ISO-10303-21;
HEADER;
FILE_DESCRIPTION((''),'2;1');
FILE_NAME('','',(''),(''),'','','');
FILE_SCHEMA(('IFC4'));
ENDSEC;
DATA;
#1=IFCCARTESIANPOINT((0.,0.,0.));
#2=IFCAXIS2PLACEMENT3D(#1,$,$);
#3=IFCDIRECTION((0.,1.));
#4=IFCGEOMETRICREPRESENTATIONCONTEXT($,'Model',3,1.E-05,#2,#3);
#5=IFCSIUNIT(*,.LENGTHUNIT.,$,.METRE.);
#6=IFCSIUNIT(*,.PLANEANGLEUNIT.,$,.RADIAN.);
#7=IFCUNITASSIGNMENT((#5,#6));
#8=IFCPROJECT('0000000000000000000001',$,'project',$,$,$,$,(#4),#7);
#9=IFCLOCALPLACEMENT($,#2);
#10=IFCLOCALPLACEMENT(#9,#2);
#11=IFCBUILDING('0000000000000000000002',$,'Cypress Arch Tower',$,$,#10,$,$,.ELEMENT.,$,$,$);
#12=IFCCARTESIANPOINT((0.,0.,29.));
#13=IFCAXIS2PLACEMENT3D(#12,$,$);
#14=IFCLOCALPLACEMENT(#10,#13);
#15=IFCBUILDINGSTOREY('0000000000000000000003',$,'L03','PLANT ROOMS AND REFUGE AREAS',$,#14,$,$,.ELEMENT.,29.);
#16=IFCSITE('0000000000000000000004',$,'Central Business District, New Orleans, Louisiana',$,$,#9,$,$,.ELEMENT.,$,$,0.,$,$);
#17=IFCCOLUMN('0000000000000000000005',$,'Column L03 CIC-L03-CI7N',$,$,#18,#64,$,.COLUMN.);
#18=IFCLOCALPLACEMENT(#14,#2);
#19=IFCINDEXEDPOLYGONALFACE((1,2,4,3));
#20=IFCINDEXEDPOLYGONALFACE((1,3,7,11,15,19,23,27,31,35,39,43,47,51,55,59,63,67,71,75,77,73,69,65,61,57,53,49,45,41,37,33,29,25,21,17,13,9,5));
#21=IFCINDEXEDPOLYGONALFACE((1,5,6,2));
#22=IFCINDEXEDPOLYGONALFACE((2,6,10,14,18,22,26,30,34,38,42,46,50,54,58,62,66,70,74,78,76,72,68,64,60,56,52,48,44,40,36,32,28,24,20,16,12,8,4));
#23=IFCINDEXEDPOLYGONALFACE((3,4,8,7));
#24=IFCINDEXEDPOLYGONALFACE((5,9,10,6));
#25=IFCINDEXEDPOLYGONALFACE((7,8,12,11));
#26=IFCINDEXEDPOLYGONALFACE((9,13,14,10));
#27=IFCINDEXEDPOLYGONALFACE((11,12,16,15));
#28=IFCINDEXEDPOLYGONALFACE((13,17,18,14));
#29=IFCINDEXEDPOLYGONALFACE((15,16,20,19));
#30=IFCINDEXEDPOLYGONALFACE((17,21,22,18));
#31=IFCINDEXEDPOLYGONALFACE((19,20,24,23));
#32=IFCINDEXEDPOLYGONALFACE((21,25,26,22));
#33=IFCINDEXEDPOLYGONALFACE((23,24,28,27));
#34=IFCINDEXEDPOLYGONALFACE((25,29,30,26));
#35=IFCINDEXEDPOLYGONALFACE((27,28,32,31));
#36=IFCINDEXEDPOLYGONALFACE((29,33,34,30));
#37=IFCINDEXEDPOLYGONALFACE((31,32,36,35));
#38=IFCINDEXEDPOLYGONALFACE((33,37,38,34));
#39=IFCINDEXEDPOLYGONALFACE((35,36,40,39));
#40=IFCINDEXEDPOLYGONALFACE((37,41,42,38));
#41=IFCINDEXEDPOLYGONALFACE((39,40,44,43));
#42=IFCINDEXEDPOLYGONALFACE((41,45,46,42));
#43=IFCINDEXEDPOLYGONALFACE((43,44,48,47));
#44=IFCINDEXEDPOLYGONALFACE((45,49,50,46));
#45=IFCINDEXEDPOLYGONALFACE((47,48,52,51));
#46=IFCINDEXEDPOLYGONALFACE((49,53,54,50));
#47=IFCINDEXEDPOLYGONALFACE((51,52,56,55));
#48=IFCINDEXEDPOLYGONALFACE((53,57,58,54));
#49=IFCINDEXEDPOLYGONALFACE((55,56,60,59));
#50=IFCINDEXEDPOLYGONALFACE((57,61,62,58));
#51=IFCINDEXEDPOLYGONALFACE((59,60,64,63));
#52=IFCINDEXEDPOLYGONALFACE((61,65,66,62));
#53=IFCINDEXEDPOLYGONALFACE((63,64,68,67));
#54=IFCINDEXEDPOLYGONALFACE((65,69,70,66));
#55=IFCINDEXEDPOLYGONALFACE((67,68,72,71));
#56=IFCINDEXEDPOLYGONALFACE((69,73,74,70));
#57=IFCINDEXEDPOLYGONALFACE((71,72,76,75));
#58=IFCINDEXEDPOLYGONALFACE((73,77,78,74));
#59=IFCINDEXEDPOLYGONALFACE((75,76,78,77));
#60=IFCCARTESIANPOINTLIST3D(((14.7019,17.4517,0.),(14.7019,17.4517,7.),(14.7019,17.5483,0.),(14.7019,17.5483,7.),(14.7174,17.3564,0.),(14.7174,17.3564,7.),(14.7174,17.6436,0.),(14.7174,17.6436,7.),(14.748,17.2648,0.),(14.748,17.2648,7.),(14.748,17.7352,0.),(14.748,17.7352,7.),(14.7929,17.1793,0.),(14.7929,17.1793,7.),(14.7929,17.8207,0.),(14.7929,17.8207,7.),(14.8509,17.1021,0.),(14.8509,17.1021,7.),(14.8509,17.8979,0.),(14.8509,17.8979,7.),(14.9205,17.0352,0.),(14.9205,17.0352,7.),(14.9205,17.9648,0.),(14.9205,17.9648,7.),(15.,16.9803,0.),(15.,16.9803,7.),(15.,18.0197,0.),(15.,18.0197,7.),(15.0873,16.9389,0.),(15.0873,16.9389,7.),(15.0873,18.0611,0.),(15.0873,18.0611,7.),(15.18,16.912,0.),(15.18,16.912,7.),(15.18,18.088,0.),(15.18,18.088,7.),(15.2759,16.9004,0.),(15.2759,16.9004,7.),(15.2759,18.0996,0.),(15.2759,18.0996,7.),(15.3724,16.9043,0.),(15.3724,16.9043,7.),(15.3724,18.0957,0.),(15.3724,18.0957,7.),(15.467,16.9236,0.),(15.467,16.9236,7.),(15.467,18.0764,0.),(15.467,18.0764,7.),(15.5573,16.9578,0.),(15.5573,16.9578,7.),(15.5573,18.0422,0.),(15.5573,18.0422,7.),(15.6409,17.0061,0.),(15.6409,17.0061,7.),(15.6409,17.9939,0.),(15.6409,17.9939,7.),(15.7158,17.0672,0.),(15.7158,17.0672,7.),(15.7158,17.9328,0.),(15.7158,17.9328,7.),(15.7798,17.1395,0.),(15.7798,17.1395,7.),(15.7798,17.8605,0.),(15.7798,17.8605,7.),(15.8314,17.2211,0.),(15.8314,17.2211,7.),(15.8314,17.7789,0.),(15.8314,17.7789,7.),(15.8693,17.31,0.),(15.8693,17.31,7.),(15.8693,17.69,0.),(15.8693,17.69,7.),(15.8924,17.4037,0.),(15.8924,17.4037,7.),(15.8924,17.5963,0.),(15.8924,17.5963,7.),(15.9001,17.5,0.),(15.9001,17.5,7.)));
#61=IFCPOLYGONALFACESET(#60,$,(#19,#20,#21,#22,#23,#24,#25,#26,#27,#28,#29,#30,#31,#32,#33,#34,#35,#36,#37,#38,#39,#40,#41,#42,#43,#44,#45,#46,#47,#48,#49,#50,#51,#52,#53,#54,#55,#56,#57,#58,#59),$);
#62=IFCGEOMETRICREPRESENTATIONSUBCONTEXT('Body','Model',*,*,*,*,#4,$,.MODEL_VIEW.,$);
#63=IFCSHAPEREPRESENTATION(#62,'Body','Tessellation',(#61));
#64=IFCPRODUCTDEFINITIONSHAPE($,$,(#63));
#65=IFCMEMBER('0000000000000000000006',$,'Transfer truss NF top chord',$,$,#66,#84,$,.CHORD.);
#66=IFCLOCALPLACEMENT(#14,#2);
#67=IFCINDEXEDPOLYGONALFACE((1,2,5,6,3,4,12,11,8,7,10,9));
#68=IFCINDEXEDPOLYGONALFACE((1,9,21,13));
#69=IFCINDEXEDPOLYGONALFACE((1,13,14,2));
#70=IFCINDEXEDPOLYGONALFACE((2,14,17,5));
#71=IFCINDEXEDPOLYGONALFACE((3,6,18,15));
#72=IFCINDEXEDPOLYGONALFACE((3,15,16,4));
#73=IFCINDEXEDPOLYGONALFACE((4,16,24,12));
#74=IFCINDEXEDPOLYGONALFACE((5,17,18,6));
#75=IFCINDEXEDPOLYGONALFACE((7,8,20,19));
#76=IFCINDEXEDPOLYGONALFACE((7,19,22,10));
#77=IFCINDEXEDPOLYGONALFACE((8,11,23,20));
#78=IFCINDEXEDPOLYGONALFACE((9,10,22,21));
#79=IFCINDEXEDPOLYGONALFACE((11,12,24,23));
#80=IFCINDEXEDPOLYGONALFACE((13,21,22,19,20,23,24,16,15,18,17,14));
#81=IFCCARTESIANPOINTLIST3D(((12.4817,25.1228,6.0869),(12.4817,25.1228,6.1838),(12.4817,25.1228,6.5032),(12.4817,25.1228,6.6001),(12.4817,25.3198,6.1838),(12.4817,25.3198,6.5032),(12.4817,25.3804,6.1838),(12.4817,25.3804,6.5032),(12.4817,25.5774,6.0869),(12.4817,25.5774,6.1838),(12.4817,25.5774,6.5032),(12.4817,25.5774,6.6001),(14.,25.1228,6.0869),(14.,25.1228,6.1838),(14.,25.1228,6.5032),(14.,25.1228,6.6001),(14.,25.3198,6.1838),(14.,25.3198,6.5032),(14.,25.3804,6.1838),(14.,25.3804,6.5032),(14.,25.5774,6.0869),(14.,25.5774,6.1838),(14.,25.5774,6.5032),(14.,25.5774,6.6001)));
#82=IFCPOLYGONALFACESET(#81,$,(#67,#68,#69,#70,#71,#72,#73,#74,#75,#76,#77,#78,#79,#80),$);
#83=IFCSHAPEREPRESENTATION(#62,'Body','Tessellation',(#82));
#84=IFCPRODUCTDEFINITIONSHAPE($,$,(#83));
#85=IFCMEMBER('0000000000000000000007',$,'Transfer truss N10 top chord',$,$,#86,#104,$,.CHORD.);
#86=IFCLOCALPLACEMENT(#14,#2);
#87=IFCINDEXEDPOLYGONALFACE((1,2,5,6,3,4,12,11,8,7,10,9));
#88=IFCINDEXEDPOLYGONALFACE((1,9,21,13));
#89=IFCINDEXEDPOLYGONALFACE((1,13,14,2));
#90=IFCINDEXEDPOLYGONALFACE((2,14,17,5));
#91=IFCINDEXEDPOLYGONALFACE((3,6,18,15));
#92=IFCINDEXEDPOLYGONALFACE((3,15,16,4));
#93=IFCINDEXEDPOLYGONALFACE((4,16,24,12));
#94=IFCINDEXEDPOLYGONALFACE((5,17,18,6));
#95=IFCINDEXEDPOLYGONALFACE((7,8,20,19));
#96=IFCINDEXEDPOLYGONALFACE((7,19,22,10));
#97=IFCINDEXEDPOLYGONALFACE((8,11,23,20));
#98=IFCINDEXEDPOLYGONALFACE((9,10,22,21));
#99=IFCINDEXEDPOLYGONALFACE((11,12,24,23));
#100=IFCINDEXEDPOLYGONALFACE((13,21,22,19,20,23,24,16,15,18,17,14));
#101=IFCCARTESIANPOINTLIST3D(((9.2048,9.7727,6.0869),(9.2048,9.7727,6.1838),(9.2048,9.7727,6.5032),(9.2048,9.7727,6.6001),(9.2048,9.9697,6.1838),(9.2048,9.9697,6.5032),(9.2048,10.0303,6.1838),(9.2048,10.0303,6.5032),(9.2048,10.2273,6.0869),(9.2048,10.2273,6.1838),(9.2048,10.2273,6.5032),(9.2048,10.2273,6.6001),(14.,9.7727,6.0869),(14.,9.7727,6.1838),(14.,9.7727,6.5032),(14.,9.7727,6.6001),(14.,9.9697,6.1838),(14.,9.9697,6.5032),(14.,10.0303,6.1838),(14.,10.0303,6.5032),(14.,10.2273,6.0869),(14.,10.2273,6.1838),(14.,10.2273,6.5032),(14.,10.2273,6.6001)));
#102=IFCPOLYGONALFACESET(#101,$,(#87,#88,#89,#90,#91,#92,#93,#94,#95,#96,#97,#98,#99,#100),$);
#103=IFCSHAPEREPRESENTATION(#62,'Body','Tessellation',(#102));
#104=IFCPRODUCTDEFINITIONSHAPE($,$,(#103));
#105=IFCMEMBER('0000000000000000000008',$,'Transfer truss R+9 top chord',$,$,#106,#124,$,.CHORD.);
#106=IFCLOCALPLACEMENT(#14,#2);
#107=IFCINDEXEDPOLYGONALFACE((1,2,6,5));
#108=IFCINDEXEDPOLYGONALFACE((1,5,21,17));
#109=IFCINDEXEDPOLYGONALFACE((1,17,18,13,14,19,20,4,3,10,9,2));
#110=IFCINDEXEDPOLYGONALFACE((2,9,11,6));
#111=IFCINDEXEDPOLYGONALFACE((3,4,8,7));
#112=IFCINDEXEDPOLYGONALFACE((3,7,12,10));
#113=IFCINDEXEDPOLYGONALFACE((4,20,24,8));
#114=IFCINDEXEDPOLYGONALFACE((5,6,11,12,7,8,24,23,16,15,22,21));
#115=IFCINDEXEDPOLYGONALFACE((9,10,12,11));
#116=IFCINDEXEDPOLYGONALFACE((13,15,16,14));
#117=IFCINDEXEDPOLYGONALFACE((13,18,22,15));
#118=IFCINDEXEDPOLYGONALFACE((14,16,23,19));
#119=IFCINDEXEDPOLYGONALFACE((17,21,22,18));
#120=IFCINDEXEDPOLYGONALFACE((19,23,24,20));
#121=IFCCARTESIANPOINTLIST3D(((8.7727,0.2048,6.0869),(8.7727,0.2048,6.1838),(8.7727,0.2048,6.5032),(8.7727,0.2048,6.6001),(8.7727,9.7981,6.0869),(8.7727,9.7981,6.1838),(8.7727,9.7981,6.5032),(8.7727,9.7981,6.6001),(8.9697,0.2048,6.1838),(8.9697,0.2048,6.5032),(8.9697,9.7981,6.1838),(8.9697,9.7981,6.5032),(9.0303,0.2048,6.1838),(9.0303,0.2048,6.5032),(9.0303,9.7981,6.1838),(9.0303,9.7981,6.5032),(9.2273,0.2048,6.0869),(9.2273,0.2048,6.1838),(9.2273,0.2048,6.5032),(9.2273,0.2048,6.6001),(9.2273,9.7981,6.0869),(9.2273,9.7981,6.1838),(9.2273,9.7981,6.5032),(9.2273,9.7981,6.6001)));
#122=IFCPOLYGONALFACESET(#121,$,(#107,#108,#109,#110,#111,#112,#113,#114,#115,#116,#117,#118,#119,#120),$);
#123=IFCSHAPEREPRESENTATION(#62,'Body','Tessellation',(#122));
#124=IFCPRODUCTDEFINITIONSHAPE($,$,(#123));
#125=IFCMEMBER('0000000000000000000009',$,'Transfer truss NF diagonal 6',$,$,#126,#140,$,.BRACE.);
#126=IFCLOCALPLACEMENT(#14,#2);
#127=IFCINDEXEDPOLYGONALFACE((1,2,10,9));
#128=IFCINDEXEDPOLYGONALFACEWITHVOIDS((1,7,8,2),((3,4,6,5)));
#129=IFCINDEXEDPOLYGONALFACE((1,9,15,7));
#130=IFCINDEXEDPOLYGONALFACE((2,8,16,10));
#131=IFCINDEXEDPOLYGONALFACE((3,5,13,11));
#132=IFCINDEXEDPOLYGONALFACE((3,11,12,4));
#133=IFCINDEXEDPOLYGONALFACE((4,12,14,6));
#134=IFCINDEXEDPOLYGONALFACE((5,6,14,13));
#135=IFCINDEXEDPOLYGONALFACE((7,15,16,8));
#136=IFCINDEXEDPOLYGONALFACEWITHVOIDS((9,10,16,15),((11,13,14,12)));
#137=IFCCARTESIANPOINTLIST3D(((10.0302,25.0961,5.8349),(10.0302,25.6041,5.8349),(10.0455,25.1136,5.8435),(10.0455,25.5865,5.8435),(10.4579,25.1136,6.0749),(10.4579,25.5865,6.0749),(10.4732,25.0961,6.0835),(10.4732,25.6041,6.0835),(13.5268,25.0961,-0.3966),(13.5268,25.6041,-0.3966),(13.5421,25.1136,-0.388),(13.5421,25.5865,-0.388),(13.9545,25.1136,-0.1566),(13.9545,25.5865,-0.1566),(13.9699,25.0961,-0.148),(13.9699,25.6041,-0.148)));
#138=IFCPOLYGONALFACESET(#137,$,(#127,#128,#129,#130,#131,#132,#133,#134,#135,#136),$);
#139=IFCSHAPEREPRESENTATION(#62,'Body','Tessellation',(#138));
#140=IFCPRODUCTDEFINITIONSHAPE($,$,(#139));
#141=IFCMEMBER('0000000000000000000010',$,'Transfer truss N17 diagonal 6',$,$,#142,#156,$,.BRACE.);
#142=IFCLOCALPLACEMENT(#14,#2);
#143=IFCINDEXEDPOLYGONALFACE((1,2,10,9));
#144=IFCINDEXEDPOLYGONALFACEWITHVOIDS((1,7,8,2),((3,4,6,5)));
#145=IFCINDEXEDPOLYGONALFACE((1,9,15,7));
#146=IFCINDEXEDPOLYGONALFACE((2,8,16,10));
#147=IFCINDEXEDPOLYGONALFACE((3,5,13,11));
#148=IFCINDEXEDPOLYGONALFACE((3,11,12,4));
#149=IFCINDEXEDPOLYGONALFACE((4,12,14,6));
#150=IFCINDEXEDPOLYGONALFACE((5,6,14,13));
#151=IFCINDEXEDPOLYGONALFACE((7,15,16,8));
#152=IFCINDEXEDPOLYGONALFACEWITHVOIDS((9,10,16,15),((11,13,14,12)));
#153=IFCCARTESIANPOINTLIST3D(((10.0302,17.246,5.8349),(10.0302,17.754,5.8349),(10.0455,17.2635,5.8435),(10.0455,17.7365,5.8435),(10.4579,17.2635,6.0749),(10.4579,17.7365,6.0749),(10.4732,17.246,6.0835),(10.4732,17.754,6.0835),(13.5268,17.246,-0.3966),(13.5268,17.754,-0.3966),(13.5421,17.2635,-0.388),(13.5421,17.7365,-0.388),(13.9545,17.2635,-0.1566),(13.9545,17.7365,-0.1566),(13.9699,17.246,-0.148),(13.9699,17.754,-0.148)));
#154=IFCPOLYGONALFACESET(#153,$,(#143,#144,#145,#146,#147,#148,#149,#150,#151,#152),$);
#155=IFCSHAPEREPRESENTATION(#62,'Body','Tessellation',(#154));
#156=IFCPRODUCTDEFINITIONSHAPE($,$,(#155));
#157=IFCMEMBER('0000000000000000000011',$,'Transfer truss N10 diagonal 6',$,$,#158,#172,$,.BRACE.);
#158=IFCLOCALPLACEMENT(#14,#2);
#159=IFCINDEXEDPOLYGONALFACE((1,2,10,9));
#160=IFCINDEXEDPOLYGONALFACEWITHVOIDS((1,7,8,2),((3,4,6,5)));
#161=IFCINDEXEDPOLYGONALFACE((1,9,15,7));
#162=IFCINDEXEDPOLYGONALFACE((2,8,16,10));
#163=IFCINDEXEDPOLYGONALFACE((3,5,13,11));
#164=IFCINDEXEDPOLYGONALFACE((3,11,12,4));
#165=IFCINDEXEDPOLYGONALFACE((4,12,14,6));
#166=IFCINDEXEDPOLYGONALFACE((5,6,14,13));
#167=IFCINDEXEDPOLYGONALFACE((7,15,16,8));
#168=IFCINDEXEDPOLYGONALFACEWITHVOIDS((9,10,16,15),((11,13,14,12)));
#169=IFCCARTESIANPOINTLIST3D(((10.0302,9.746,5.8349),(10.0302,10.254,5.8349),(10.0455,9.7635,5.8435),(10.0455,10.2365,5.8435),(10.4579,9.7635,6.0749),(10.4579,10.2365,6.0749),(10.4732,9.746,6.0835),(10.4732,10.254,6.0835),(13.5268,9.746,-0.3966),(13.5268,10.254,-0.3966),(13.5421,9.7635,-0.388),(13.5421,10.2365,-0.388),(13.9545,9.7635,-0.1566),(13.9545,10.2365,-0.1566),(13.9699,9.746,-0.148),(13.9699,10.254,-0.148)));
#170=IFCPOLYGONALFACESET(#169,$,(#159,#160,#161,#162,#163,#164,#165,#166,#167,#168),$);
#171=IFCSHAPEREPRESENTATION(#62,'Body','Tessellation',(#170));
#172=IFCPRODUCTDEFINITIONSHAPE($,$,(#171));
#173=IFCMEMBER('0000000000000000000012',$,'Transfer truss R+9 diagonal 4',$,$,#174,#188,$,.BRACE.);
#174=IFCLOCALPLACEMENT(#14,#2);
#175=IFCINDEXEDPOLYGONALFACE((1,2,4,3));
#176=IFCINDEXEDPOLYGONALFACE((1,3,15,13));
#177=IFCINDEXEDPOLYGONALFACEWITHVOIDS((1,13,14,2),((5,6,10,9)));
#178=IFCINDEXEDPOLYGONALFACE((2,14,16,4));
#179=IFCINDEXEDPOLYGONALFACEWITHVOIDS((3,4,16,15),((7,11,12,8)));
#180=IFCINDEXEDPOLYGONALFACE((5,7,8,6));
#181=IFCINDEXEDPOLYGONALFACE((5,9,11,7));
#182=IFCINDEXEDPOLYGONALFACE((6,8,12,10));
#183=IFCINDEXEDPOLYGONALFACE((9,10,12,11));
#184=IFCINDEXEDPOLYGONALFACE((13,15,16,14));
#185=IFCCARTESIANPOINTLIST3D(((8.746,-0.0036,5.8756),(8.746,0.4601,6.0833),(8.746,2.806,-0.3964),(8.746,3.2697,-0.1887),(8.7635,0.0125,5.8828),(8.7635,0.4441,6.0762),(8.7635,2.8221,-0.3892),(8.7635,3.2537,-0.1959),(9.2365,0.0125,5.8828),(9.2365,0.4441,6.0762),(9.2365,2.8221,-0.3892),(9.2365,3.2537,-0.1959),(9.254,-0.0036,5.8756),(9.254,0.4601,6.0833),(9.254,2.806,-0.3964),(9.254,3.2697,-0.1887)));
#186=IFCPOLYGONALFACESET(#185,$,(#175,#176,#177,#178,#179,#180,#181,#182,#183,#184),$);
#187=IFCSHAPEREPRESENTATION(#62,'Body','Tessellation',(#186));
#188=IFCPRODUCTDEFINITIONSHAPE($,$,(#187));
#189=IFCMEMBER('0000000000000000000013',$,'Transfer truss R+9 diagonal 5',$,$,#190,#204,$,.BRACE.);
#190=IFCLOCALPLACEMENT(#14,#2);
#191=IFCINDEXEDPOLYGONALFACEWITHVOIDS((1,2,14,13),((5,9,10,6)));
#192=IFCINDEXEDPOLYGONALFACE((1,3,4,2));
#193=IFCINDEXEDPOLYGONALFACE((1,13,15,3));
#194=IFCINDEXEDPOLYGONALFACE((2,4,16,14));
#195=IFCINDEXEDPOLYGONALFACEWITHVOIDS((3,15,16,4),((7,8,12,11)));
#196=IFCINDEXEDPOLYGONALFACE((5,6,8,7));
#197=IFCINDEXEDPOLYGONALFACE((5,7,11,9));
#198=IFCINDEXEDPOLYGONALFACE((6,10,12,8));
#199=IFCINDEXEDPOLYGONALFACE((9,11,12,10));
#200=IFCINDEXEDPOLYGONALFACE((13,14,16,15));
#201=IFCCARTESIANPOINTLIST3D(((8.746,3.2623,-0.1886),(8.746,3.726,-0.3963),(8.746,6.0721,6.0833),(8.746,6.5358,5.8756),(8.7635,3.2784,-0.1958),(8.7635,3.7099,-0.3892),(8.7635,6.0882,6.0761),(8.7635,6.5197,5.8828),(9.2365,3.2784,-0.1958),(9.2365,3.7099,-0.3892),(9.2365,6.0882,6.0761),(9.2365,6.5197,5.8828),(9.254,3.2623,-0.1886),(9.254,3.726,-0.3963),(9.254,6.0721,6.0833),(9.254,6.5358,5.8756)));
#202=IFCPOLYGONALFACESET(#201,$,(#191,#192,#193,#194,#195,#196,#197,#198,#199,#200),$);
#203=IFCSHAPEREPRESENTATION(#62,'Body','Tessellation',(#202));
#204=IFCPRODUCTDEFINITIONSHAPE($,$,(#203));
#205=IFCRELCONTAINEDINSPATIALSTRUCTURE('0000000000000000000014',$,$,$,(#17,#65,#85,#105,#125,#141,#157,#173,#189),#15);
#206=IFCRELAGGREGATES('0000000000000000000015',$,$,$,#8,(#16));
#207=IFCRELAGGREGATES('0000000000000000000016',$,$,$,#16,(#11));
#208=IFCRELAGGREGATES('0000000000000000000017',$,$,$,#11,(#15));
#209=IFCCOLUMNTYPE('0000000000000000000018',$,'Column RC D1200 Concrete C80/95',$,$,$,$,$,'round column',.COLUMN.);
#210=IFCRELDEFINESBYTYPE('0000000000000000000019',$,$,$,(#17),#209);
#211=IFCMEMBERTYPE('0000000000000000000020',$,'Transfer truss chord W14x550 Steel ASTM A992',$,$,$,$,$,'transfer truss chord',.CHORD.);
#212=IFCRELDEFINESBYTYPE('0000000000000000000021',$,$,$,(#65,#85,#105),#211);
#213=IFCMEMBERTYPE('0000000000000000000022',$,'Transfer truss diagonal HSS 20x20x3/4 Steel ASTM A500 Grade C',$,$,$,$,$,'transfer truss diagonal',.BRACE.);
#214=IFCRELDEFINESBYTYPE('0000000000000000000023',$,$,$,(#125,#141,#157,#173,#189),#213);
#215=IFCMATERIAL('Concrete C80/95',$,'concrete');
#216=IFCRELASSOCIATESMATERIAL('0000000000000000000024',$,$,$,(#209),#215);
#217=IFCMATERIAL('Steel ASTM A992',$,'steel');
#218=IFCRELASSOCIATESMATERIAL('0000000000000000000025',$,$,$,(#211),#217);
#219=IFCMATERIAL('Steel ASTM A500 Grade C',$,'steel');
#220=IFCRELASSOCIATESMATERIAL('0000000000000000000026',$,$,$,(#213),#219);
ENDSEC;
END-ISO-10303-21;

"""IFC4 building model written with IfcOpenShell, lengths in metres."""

from ifc_helpers import new_model, si_unit, direction, frame, origin, origin_2d, place, context, subcontext, project, spatial, hollow_rectangle, circle, i_section, extrude, material, material_profile, profile_set, type_object, element, save


model = new_model("IFC4")

# Units and contexts
model_context = context("Model", 3, precision=1e-05, world=origin(), true_north=direction((0.0, 1.0)))
body_context = subcontext(model_context, "Body", "Model", "MODEL_VIEW")
ifc_project = project(units=[si_unit("LENGTHUNIT", "METRE"), si_unit("PLANEANGLEUNIT", "RADIAN")], contexts=[model_context])

# Site, building, storey
site_placement = place(None, origin())
site = spatial("IfcSite", under=ifc_project, at=site_placement, Name="Central Business District, New Orleans, Louisiana", CompositionType="ELEMENT", RefElevation=0.0)
building_placement = place(site_placement, origin())
building = spatial("IfcBuilding", under=site, at=building_placement, Name="Cypress Arch Tower", CompositionType="ELEMENT")
storey_placement = place(building_placement, frame((0.0, 0.0, 29.0)))
storey = spatial("IfcBuildingStorey", under=building, at=storey_placement, Name="L03", Description="PLANT ROOMS AND REFUGE AREAS", CompositionType="ELEMENT", Elevation=29.0)

# Column
ifc_material_1 = material(Name="Concrete C80/95", Category="concrete")
ifc_material_profile_1 = material_profile(ifc_material_1, circle(Radius=0.6001, at=origin_2d()), Name="RC D1200")
ifc_profile_set_1 = profile_set([ifc_material_profile_1], Name="Concrete C80/95")
column_type = type_object("IfcColumnType", Name="Column RC D1200 Concrete C80/95", ElementType="round column", PredefinedType="COLUMN", material=ifc_profile_set_1)
column_placement = place(storey_placement, frame((15.3, 17.5, 0.0), z_axis=(0.0, 0.0, 1.0), x_axis=(1.0, 0.0, 0.0)))
element("IfcColumn", 1, at=column_placement, inside=storey, type_object=column_type, Name="Column L03 CIC-L03-CI7N", PredefinedType="COLUMN", context=body_context, shape_type="SweptSolid", body=[
    extrude(circle(Radius=0.6001, at=origin_2d()), origin(), (0.0, 0.0, 1.0), 7.0),
])

# Members
ifc_material_2 = material(Name="Steel ASTM A992", Category="steel")
ifc_material_profile_2 = material_profile(ifc_material_2, i_section(OverallWidth=0.4546, OverallDepth=0.5132, WebThickness=0.0605, FlangeThickness=0.0969, at=origin_2d()), Name="W14x550")
ifc_profile_set_2 = profile_set([ifc_material_profile_2], Name="Steel ASTM A992")
member_type_1 = type_object("IfcMemberType", Name="Transfer truss chord W14x550 Steel ASTM A992", ElementType="transfer truss chord", PredefinedType="CHORD", material=ifc_profile_set_2)
member_1_placement = place(storey_placement, frame((12.4817, 25.3501, 6.3435), z_axis=(1.0, 0.0, 0.0), x_axis=(0.0, 1.0, 0.0)))
element("IfcMember", 2, at=member_1_placement, inside=storey, type_object=member_type_1, Name="Transfer truss NF top chord", PredefinedType="CHORD", context=body_context, shape_type="SweptSolid", body=[
    extrude(i_section(OverallWidth=0.4546, OverallDepth=0.5132, WebThickness=0.0605, FlangeThickness=0.0969, at=origin_2d()), origin(), (0.0, 0.0, 1.0), 1.5183),
])
member_2_placement = place(storey_placement, frame((9.2048, 10.0, 6.3435), z_axis=(1.0, 0.0, 0.0), x_axis=(0.0, 1.0, 0.0)))
element("IfcMember", 3, at=member_2_placement, inside=storey, type_object=member_type_1, Name="Transfer truss N10 top chord", PredefinedType="CHORD", context=body_context, shape_type="SweptSolid", body=[
    extrude(i_section(OverallWidth=0.4546, OverallDepth=0.5132, WebThickness=0.0605, FlangeThickness=0.0969, at=origin_2d()), origin(), (0.0, 0.0, 1.0), 4.7952),
])
member_3_placement = place(storey_placement, frame((9.0, 0.2048, 6.3435), z_axis=(0.0, 1.0, 0.0), x_axis=(-1.0, 0.0, 0.0)))
element("IfcMember", 4, at=member_3_placement, inside=storey, type_object=member_type_1, Name="Transfer truss R+9 top chord", PredefinedType="CHORD", context=body_context, shape_type="SweptSolid", body=[
    extrude(i_section(OverallWidth=0.4546, OverallDepth=0.5132, WebThickness=0.0605, FlangeThickness=0.0969, at=origin_2d()), origin(), (0.0, 0.0, 1.0), 9.5933),
])
ifc_material_3 = material(Name="Steel ASTM A500 Grade C", Category="steel")
ifc_material_profile_3 = material_profile(ifc_material_3, hollow_rectangle(XDim=0.5081, YDim=0.5081, WallThickness=0.0176, at=origin_2d()), Name="HSS 20x20x3/4")
ifc_profile_set_3 = profile_set([ifc_material_profile_3], Name="Steel ASTM A500 Grade C")
member_type_2 = type_object("IfcMemberType", Name="Transfer truss diagonal HSS 20x20x3/4 Steel ASTM A500 Grade C", ElementType="transfer truss diagonal", PredefinedType="BRACE", material=ifc_profile_set_3)
for number, where, z_axis, x_axis, name in (
    (5, (10.2517, 25.3501, 5.9592), (0.489346, 0.0, -0.87209), (0.0, 1.0, 0.0), "Transfer truss NF diagonal 6"),
    (6, (10.2517, 17.5, 5.9592), (0.489346, 0.0, -0.87209), (0.0, 1.0, 0.0), "Transfer truss N17 diagonal 6"),
    (7, (10.2517, 10.0, 5.9592), (0.489346, 0.0, -0.87209), (0.0, 1.0, 0.0), "Transfer truss N10 diagonal 6"),
):
    element("IfcMember", number, at=place(storey_placement, frame(where, z_axis=z_axis, x_axis=x_axis)), inside=storey, type_object=member_type_2, Name=name, PredefinedType="BRACE", context=body_context, shape_type="SweptSolid", body=[
        extrude(hollow_rectangle(XDim=0.5081, YDim=0.5081, WallThickness=0.0176, at=origin_2d()), origin(), (0.0, 0.0, 1.0), 7.1455),
    ])
for number, where, z_axis, x_axis, name in (
    (8, (9.0, 0.2283, 5.9795), (0.0, 0.408813, -0.912618), (-1.0, 0.0, 0.0), "Transfer truss R+9 diagonal 4"),
    (9, (9.0, 3.4941, -0.2925), (0.0, 0.408843, 0.912605), (-1.0, 0.0, 0.0), "Transfer truss R+9 diagonal 5"),
):
    element("IfcMember", number, at=place(storey_placement, frame(where, z_axis=z_axis, x_axis=x_axis)), inside=storey, type_object=member_type_2, Name=name, PredefinedType="BRACE", context=body_context, shape_type="SweptSolid", body=[
        extrude(hollow_rectangle(XDim=0.5081, YDim=0.5081, WallThickness=0.0176, at=origin_2d()), origin(), (0.0, 0.0, 1.0), 6.8726),
    ])

save(model, "model.ifc")
